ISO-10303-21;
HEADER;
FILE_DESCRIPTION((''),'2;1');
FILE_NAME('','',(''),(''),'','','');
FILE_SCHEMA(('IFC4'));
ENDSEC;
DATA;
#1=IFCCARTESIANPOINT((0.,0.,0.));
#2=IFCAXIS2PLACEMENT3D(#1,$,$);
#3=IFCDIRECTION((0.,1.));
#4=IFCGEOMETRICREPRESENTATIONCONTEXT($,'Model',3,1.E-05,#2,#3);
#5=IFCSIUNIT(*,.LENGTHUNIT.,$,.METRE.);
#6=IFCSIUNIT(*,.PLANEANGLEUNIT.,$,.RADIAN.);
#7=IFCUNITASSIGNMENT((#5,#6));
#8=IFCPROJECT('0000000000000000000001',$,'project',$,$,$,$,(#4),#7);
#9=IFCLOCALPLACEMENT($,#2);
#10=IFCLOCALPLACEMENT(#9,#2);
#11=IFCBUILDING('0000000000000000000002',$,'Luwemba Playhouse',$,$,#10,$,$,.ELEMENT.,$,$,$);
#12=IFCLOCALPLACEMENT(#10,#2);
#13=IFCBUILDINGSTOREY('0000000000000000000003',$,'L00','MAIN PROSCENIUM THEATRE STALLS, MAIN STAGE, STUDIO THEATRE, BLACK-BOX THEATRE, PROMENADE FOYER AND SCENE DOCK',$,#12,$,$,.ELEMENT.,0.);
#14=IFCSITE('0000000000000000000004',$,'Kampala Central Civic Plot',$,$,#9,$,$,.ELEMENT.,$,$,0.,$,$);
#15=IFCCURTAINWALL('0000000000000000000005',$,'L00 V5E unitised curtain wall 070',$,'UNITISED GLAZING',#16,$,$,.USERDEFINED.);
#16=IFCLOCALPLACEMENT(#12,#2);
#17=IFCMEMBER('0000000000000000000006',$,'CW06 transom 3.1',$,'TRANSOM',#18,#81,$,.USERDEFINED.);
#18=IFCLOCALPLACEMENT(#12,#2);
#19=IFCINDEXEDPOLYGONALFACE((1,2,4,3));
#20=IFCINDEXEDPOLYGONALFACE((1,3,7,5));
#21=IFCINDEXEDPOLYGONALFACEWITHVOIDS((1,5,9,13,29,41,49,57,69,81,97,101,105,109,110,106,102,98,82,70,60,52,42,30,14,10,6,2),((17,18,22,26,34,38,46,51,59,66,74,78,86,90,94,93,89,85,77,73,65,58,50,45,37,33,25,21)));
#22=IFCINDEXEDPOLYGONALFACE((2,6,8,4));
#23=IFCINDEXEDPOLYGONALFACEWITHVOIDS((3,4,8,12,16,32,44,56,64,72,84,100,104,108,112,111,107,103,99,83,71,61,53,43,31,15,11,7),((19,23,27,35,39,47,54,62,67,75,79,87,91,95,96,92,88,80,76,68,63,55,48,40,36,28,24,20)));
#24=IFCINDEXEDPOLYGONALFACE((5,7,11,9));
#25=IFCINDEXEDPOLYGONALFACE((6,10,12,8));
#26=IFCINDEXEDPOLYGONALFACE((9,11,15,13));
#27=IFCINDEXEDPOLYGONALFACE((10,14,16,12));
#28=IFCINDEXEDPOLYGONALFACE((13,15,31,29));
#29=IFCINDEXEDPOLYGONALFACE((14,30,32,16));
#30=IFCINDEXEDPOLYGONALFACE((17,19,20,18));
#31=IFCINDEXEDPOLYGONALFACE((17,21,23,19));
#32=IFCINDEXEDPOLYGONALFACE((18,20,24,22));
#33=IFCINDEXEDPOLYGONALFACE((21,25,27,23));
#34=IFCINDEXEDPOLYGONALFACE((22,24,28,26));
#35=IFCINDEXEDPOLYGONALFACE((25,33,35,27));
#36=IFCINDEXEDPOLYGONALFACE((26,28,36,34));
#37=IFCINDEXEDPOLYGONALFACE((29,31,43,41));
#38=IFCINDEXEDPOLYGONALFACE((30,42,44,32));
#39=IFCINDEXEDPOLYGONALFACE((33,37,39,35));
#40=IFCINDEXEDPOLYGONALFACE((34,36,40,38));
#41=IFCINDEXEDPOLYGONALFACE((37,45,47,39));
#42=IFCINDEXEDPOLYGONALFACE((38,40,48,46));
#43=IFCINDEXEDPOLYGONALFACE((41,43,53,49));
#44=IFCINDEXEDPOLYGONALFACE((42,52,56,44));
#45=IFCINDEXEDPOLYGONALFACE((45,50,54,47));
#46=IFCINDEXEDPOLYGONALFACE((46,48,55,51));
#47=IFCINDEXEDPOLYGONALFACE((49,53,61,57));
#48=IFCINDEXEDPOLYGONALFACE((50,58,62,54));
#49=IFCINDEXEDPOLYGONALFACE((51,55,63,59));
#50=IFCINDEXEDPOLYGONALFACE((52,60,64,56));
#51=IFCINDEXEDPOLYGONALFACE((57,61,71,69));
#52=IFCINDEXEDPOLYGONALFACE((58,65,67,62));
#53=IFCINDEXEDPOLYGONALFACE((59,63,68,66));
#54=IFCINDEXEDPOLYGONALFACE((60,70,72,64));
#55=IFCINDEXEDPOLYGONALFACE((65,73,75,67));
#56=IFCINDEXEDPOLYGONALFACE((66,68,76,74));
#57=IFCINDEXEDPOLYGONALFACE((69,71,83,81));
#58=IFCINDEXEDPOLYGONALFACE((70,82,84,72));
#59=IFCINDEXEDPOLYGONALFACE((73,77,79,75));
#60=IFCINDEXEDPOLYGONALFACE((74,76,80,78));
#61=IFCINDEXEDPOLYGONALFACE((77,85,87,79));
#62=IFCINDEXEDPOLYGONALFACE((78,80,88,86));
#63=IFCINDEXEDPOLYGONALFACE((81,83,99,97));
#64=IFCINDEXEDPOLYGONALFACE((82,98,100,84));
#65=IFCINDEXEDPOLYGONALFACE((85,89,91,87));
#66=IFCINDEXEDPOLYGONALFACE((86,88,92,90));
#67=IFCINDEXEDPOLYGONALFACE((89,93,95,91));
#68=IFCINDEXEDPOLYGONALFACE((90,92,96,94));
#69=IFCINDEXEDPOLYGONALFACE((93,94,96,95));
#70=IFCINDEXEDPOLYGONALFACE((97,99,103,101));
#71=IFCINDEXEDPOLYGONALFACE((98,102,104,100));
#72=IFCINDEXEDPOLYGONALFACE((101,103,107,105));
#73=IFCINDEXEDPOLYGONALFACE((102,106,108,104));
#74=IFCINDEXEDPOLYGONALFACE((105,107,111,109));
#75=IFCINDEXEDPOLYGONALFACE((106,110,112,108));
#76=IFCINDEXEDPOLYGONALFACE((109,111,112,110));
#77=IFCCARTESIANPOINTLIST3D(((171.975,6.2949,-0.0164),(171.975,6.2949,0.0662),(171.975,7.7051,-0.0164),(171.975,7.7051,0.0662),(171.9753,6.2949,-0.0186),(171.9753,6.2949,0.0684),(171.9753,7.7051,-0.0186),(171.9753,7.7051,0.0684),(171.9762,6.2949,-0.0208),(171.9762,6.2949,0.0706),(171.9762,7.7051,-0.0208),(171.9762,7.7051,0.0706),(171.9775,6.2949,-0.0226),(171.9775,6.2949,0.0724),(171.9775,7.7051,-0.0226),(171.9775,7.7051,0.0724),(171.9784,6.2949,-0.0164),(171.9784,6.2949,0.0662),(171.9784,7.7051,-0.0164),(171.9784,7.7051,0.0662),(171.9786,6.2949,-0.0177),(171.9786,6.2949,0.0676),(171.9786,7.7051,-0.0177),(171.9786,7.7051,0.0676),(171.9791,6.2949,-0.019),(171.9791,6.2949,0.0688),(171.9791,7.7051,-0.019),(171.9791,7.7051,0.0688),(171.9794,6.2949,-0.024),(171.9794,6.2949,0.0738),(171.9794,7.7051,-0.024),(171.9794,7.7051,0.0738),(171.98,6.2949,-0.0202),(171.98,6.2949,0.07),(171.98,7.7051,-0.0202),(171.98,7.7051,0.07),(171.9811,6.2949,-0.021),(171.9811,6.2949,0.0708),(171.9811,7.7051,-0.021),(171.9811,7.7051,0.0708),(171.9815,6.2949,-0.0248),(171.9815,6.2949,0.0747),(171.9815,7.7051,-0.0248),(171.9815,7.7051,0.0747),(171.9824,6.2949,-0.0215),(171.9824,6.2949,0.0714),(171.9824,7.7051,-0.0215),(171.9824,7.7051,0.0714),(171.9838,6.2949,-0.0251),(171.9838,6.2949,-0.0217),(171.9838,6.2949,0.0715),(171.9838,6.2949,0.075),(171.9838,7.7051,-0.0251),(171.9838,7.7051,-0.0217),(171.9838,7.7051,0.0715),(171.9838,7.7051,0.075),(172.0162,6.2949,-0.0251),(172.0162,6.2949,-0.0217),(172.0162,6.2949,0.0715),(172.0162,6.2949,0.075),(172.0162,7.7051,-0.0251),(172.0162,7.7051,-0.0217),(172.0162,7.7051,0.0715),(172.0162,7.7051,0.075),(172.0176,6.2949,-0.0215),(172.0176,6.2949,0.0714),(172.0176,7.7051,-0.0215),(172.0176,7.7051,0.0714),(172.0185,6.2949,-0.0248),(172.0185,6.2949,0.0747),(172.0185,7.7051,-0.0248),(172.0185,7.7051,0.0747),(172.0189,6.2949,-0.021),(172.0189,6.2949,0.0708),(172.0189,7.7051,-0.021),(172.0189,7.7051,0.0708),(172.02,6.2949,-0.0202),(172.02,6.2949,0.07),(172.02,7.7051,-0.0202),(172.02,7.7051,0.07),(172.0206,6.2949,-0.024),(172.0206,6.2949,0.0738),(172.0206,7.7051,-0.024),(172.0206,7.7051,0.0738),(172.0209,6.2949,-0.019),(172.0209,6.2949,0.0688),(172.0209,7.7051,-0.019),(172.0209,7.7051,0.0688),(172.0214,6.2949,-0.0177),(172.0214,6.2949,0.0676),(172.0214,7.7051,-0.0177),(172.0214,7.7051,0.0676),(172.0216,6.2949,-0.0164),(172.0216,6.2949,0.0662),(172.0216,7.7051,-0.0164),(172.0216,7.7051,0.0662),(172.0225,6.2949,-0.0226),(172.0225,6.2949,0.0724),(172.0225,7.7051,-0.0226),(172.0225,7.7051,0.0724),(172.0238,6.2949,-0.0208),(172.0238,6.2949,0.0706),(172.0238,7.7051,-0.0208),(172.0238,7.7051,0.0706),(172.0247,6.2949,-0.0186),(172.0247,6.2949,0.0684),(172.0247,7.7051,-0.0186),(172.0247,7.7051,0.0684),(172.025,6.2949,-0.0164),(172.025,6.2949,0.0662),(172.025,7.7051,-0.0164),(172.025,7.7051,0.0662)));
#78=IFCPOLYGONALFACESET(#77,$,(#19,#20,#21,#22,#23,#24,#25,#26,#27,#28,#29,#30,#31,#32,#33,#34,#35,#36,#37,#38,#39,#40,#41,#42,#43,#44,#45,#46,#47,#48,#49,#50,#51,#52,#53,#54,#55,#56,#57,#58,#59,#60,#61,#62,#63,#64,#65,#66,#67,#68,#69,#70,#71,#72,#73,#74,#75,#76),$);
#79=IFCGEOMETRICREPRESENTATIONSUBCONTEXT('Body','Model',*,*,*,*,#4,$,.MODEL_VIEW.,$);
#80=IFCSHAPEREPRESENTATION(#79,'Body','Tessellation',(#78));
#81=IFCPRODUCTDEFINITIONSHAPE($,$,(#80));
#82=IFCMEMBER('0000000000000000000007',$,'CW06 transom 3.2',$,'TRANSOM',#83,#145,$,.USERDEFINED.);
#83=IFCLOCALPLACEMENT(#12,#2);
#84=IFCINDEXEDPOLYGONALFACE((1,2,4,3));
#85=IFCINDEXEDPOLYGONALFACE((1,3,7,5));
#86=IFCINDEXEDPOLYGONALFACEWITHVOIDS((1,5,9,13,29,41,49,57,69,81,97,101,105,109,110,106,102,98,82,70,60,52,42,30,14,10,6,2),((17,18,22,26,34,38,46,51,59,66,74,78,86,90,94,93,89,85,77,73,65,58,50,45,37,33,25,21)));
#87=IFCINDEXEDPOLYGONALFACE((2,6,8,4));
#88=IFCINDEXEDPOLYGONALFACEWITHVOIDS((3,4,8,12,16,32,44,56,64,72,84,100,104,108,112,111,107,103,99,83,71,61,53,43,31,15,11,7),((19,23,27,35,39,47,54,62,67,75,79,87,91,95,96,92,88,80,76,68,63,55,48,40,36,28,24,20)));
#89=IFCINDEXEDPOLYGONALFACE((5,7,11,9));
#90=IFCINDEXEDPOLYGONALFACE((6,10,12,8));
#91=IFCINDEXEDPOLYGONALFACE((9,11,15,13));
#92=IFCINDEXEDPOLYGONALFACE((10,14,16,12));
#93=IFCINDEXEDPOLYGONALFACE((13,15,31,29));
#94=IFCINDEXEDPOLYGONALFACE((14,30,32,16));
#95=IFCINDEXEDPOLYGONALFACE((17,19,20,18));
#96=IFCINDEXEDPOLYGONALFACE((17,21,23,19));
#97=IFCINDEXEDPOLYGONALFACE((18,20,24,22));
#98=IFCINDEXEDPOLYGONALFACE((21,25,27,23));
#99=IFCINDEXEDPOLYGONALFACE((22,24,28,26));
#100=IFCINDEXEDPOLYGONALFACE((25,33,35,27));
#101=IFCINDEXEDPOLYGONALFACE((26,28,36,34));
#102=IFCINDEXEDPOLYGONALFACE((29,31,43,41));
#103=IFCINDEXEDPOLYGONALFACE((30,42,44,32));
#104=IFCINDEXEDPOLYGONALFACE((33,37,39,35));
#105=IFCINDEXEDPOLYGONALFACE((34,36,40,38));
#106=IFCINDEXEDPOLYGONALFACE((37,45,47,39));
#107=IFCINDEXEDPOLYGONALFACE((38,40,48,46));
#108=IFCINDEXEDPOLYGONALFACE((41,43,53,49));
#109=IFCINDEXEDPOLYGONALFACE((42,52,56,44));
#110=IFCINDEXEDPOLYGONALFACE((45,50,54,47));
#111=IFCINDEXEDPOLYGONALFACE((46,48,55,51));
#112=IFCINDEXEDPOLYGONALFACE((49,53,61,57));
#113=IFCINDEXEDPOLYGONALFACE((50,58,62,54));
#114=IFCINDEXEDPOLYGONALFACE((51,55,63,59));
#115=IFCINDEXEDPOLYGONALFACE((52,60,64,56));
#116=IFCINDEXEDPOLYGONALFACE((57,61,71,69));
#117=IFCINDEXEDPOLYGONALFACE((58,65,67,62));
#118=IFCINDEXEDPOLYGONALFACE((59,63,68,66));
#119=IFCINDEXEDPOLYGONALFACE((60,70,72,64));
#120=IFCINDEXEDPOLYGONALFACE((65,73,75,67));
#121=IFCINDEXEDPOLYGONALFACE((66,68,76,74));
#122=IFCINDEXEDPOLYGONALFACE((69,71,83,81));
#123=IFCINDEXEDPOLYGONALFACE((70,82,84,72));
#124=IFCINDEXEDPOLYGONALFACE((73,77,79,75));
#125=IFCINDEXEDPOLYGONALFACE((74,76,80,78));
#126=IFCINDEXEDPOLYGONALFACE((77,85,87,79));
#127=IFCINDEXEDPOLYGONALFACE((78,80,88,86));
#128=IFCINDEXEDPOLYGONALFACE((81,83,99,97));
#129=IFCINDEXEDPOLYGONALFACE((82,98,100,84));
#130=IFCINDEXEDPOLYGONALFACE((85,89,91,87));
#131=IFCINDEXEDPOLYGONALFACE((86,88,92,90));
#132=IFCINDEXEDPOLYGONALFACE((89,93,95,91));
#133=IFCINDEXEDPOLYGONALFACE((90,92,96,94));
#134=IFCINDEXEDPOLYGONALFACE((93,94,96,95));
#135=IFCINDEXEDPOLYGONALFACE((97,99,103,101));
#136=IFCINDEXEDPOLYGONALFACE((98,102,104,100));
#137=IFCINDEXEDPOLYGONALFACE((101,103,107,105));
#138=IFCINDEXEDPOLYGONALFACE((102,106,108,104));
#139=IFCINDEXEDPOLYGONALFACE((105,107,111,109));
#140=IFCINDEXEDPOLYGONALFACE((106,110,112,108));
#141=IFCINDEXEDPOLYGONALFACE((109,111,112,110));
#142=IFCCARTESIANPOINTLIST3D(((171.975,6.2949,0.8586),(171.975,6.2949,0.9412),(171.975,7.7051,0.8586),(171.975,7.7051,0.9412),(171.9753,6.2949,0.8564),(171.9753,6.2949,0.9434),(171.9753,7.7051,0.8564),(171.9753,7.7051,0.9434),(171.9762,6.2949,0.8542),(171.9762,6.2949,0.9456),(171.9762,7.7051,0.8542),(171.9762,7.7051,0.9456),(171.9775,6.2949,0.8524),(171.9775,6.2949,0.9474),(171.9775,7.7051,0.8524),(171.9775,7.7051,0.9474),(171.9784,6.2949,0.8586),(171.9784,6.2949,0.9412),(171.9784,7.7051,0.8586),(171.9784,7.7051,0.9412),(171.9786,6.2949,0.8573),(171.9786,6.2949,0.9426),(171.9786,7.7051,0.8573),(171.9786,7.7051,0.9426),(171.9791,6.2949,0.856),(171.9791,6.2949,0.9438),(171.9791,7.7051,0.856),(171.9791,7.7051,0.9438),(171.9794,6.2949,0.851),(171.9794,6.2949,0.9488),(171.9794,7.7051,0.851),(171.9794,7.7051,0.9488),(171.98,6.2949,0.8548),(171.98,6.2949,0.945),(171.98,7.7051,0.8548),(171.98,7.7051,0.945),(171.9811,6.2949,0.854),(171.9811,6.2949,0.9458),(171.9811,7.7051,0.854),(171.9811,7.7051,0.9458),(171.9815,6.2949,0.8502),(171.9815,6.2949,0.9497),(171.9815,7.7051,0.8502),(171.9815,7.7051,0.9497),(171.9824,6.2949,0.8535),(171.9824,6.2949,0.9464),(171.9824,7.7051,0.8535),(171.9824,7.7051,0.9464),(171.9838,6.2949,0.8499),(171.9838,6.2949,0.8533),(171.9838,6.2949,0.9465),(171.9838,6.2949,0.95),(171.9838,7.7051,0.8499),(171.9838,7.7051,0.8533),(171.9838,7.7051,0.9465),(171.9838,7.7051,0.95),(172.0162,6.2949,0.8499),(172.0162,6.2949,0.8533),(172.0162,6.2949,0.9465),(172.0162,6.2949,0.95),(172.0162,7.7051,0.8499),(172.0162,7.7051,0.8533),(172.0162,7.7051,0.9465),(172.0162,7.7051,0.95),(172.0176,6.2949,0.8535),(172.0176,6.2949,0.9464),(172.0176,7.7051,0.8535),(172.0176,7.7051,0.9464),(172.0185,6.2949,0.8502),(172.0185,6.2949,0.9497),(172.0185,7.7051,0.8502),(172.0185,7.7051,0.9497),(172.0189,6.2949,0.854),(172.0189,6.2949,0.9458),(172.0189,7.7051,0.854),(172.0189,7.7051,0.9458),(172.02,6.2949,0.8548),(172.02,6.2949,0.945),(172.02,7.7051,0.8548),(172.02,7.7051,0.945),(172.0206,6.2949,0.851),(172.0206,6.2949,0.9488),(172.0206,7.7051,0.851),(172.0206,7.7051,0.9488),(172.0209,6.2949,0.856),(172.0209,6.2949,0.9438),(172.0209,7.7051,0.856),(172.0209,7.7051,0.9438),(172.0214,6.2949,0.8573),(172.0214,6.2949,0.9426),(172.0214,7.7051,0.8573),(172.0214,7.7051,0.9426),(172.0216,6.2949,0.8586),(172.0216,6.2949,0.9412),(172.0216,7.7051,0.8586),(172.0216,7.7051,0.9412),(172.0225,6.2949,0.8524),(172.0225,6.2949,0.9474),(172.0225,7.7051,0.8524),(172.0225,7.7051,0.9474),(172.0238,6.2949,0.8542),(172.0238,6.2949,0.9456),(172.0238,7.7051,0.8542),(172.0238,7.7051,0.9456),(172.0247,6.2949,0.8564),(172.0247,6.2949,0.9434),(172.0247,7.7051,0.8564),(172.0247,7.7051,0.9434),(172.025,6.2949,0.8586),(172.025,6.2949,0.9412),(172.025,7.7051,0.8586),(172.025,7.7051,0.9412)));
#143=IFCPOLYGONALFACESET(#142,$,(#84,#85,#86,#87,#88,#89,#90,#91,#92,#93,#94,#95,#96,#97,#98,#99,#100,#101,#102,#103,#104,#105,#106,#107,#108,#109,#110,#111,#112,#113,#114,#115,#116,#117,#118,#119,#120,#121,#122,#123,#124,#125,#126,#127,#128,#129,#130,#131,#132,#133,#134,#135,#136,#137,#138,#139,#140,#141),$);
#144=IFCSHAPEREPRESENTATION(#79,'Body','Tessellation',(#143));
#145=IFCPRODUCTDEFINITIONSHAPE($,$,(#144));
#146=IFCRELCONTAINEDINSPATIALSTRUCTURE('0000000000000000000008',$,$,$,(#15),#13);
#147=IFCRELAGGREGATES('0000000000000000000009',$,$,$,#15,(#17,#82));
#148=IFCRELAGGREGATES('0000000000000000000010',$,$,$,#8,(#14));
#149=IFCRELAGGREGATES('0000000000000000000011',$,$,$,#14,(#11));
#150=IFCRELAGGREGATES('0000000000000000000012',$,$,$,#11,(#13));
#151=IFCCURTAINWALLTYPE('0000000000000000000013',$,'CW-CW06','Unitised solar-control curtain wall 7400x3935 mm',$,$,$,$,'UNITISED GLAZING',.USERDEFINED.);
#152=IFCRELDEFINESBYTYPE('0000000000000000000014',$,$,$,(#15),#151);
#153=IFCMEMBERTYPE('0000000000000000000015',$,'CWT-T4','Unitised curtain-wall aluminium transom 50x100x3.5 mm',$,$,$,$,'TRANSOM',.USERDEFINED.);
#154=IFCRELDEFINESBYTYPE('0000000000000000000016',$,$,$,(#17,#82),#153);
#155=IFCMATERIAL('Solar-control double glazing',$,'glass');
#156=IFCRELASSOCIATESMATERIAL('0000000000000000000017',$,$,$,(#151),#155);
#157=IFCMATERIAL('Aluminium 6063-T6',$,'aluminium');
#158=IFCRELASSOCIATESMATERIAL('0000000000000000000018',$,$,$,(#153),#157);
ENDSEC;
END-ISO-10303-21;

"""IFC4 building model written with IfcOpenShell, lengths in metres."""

from ifc_helpers import new_model, si_unit, direction, frame, origin, origin_2d, place, context, subcontext, project, spatial, hollow_rectangle, extrude, material, material_profile, profile_set, type_object, element, aggregate, save


model = new_model("IFC4")

# Units and contexts
model_context = context("Model", 3, precision=1e-05, world=origin(), true_north=direction((0.0, 1.0)))
body_context = subcontext(model_context, "Body", "Model", "MODEL_VIEW")
ifc_project = project(units=[si_unit("LENGTHUNIT", "METRE"), si_unit("PLANEANGLEUNIT", "RADIAN")], contexts=[model_context])

# Site, building, storey
site_placement = place(None, origin())
site = spatial("IfcSite", under=ifc_project, at=site_placement, Name="Kampala Central Civic Plot", CompositionType="ELEMENT", RefElevation=0.0)
building_placement = place(site_placement, origin())
building = spatial("IfcBuilding", under=site, at=building_placement, Name="Luwemba Playhouse", CompositionType="ELEMENT")
storey_placement = place(building_placement, origin())
storey = spatial("IfcBuildingStorey", under=building, at=storey_placement, Name="L00", Description="MAIN PROSCENIUM THEATRE STALLS, MAIN STAGE, STUDIO THEATRE, BLACK-BOX THEATRE, PROMENADE FOYER AND SCENE DOCK", CompositionType="ELEMENT", Elevation=0.0)

# Curtain wall, members
ifc_material_1 = material(Name="Solar-control double glazing", Category="glass")
curtain_wall_type = type_object("IfcCurtainWallType", Name="CW-CW06", Description="Unitised solar-control curtain wall 7400x3935 mm", ElementType="UNITISED GLAZING", PredefinedType="USERDEFINED", material=ifc_material_1)
curtain_wall_placement = place(storey_placement, origin())
curtain_wall = element("IfcCurtainWall", 1, at=curtain_wall_placement, inside=storey, type_object=curtain_wall_type, Name="L00 V5E unitised curtain wall 070", ObjectType="UNITISED GLAZING", PredefinedType="USERDEFINED")
ifc_material_2 = material(Name="Aluminium 6063-T6", Category="aluminium")
ifc_material_profile_1 = material_profile(ifc_material_2, hollow_rectangle(XDim=0.05, YDim=0.1001, WallThickness=0.0034, InnerFilletRadius=0.0054, OuterFilletRadius=0.0088, at=origin_2d()))
ifc_profile_set_1 = profile_set([ifc_material_profile_1], Name="Aluminium 6063-T6")
member_type_1 = type_object("IfcMemberType", Name="CWT-T4", Description="Unitised curtain-wall aluminium transom 50x100x3.5 mm", ElementType="TRANSOM", PredefinedType="USERDEFINED", material=ifc_profile_set_1)
member_1_placement = place(storey_placement, frame((172.0, 7.7051, 0.0249), z_axis=(0.0, -1.0, 0.0), x_axis=(1.0, 0.0, 0.0)))
member_1 = element("IfcMember", 2, at=member_1_placement, type_object=member_type_1, Name="CW06 transom 3.1", ObjectType="TRANSOM", PredefinedType="USERDEFINED", context=body_context, shape_type="SweptSolid", body=[
    extrude(hollow_rectangle(XDim=0.05, YDim=0.1001, WallThickness=0.0034, InnerFilletRadius=0.0054, OuterFilletRadius=0.0088, at=origin_2d()), origin(), (0.0, 0.0, 1.0), 1.4102),
])
member_2_placement = place(storey_placement, frame((172.0, 7.7051, 0.8999), z_axis=(0.0, -1.0, 0.0), x_axis=(1.0, 0.0, 0.0)))
member_2 = element("IfcMember", 3, at=member_2_placement, type_object=member_type_1, Name="CW06 transom 3.2", ObjectType="TRANSOM", PredefinedType="USERDEFINED", context=body_context, shape_type="SweptSolid", body=[
    extrude(hollow_rectangle(XDim=0.05, YDim=0.1001, WallThickness=0.0034, InnerFilletRadius=0.0054, OuterFilletRadius=0.0088, at=origin_2d()), origin(), (0.0, 0.0, 1.0), 1.4102),
])
aggregate(curtain_wall, [member_1, member_2])

save(model, "model.ifc")
